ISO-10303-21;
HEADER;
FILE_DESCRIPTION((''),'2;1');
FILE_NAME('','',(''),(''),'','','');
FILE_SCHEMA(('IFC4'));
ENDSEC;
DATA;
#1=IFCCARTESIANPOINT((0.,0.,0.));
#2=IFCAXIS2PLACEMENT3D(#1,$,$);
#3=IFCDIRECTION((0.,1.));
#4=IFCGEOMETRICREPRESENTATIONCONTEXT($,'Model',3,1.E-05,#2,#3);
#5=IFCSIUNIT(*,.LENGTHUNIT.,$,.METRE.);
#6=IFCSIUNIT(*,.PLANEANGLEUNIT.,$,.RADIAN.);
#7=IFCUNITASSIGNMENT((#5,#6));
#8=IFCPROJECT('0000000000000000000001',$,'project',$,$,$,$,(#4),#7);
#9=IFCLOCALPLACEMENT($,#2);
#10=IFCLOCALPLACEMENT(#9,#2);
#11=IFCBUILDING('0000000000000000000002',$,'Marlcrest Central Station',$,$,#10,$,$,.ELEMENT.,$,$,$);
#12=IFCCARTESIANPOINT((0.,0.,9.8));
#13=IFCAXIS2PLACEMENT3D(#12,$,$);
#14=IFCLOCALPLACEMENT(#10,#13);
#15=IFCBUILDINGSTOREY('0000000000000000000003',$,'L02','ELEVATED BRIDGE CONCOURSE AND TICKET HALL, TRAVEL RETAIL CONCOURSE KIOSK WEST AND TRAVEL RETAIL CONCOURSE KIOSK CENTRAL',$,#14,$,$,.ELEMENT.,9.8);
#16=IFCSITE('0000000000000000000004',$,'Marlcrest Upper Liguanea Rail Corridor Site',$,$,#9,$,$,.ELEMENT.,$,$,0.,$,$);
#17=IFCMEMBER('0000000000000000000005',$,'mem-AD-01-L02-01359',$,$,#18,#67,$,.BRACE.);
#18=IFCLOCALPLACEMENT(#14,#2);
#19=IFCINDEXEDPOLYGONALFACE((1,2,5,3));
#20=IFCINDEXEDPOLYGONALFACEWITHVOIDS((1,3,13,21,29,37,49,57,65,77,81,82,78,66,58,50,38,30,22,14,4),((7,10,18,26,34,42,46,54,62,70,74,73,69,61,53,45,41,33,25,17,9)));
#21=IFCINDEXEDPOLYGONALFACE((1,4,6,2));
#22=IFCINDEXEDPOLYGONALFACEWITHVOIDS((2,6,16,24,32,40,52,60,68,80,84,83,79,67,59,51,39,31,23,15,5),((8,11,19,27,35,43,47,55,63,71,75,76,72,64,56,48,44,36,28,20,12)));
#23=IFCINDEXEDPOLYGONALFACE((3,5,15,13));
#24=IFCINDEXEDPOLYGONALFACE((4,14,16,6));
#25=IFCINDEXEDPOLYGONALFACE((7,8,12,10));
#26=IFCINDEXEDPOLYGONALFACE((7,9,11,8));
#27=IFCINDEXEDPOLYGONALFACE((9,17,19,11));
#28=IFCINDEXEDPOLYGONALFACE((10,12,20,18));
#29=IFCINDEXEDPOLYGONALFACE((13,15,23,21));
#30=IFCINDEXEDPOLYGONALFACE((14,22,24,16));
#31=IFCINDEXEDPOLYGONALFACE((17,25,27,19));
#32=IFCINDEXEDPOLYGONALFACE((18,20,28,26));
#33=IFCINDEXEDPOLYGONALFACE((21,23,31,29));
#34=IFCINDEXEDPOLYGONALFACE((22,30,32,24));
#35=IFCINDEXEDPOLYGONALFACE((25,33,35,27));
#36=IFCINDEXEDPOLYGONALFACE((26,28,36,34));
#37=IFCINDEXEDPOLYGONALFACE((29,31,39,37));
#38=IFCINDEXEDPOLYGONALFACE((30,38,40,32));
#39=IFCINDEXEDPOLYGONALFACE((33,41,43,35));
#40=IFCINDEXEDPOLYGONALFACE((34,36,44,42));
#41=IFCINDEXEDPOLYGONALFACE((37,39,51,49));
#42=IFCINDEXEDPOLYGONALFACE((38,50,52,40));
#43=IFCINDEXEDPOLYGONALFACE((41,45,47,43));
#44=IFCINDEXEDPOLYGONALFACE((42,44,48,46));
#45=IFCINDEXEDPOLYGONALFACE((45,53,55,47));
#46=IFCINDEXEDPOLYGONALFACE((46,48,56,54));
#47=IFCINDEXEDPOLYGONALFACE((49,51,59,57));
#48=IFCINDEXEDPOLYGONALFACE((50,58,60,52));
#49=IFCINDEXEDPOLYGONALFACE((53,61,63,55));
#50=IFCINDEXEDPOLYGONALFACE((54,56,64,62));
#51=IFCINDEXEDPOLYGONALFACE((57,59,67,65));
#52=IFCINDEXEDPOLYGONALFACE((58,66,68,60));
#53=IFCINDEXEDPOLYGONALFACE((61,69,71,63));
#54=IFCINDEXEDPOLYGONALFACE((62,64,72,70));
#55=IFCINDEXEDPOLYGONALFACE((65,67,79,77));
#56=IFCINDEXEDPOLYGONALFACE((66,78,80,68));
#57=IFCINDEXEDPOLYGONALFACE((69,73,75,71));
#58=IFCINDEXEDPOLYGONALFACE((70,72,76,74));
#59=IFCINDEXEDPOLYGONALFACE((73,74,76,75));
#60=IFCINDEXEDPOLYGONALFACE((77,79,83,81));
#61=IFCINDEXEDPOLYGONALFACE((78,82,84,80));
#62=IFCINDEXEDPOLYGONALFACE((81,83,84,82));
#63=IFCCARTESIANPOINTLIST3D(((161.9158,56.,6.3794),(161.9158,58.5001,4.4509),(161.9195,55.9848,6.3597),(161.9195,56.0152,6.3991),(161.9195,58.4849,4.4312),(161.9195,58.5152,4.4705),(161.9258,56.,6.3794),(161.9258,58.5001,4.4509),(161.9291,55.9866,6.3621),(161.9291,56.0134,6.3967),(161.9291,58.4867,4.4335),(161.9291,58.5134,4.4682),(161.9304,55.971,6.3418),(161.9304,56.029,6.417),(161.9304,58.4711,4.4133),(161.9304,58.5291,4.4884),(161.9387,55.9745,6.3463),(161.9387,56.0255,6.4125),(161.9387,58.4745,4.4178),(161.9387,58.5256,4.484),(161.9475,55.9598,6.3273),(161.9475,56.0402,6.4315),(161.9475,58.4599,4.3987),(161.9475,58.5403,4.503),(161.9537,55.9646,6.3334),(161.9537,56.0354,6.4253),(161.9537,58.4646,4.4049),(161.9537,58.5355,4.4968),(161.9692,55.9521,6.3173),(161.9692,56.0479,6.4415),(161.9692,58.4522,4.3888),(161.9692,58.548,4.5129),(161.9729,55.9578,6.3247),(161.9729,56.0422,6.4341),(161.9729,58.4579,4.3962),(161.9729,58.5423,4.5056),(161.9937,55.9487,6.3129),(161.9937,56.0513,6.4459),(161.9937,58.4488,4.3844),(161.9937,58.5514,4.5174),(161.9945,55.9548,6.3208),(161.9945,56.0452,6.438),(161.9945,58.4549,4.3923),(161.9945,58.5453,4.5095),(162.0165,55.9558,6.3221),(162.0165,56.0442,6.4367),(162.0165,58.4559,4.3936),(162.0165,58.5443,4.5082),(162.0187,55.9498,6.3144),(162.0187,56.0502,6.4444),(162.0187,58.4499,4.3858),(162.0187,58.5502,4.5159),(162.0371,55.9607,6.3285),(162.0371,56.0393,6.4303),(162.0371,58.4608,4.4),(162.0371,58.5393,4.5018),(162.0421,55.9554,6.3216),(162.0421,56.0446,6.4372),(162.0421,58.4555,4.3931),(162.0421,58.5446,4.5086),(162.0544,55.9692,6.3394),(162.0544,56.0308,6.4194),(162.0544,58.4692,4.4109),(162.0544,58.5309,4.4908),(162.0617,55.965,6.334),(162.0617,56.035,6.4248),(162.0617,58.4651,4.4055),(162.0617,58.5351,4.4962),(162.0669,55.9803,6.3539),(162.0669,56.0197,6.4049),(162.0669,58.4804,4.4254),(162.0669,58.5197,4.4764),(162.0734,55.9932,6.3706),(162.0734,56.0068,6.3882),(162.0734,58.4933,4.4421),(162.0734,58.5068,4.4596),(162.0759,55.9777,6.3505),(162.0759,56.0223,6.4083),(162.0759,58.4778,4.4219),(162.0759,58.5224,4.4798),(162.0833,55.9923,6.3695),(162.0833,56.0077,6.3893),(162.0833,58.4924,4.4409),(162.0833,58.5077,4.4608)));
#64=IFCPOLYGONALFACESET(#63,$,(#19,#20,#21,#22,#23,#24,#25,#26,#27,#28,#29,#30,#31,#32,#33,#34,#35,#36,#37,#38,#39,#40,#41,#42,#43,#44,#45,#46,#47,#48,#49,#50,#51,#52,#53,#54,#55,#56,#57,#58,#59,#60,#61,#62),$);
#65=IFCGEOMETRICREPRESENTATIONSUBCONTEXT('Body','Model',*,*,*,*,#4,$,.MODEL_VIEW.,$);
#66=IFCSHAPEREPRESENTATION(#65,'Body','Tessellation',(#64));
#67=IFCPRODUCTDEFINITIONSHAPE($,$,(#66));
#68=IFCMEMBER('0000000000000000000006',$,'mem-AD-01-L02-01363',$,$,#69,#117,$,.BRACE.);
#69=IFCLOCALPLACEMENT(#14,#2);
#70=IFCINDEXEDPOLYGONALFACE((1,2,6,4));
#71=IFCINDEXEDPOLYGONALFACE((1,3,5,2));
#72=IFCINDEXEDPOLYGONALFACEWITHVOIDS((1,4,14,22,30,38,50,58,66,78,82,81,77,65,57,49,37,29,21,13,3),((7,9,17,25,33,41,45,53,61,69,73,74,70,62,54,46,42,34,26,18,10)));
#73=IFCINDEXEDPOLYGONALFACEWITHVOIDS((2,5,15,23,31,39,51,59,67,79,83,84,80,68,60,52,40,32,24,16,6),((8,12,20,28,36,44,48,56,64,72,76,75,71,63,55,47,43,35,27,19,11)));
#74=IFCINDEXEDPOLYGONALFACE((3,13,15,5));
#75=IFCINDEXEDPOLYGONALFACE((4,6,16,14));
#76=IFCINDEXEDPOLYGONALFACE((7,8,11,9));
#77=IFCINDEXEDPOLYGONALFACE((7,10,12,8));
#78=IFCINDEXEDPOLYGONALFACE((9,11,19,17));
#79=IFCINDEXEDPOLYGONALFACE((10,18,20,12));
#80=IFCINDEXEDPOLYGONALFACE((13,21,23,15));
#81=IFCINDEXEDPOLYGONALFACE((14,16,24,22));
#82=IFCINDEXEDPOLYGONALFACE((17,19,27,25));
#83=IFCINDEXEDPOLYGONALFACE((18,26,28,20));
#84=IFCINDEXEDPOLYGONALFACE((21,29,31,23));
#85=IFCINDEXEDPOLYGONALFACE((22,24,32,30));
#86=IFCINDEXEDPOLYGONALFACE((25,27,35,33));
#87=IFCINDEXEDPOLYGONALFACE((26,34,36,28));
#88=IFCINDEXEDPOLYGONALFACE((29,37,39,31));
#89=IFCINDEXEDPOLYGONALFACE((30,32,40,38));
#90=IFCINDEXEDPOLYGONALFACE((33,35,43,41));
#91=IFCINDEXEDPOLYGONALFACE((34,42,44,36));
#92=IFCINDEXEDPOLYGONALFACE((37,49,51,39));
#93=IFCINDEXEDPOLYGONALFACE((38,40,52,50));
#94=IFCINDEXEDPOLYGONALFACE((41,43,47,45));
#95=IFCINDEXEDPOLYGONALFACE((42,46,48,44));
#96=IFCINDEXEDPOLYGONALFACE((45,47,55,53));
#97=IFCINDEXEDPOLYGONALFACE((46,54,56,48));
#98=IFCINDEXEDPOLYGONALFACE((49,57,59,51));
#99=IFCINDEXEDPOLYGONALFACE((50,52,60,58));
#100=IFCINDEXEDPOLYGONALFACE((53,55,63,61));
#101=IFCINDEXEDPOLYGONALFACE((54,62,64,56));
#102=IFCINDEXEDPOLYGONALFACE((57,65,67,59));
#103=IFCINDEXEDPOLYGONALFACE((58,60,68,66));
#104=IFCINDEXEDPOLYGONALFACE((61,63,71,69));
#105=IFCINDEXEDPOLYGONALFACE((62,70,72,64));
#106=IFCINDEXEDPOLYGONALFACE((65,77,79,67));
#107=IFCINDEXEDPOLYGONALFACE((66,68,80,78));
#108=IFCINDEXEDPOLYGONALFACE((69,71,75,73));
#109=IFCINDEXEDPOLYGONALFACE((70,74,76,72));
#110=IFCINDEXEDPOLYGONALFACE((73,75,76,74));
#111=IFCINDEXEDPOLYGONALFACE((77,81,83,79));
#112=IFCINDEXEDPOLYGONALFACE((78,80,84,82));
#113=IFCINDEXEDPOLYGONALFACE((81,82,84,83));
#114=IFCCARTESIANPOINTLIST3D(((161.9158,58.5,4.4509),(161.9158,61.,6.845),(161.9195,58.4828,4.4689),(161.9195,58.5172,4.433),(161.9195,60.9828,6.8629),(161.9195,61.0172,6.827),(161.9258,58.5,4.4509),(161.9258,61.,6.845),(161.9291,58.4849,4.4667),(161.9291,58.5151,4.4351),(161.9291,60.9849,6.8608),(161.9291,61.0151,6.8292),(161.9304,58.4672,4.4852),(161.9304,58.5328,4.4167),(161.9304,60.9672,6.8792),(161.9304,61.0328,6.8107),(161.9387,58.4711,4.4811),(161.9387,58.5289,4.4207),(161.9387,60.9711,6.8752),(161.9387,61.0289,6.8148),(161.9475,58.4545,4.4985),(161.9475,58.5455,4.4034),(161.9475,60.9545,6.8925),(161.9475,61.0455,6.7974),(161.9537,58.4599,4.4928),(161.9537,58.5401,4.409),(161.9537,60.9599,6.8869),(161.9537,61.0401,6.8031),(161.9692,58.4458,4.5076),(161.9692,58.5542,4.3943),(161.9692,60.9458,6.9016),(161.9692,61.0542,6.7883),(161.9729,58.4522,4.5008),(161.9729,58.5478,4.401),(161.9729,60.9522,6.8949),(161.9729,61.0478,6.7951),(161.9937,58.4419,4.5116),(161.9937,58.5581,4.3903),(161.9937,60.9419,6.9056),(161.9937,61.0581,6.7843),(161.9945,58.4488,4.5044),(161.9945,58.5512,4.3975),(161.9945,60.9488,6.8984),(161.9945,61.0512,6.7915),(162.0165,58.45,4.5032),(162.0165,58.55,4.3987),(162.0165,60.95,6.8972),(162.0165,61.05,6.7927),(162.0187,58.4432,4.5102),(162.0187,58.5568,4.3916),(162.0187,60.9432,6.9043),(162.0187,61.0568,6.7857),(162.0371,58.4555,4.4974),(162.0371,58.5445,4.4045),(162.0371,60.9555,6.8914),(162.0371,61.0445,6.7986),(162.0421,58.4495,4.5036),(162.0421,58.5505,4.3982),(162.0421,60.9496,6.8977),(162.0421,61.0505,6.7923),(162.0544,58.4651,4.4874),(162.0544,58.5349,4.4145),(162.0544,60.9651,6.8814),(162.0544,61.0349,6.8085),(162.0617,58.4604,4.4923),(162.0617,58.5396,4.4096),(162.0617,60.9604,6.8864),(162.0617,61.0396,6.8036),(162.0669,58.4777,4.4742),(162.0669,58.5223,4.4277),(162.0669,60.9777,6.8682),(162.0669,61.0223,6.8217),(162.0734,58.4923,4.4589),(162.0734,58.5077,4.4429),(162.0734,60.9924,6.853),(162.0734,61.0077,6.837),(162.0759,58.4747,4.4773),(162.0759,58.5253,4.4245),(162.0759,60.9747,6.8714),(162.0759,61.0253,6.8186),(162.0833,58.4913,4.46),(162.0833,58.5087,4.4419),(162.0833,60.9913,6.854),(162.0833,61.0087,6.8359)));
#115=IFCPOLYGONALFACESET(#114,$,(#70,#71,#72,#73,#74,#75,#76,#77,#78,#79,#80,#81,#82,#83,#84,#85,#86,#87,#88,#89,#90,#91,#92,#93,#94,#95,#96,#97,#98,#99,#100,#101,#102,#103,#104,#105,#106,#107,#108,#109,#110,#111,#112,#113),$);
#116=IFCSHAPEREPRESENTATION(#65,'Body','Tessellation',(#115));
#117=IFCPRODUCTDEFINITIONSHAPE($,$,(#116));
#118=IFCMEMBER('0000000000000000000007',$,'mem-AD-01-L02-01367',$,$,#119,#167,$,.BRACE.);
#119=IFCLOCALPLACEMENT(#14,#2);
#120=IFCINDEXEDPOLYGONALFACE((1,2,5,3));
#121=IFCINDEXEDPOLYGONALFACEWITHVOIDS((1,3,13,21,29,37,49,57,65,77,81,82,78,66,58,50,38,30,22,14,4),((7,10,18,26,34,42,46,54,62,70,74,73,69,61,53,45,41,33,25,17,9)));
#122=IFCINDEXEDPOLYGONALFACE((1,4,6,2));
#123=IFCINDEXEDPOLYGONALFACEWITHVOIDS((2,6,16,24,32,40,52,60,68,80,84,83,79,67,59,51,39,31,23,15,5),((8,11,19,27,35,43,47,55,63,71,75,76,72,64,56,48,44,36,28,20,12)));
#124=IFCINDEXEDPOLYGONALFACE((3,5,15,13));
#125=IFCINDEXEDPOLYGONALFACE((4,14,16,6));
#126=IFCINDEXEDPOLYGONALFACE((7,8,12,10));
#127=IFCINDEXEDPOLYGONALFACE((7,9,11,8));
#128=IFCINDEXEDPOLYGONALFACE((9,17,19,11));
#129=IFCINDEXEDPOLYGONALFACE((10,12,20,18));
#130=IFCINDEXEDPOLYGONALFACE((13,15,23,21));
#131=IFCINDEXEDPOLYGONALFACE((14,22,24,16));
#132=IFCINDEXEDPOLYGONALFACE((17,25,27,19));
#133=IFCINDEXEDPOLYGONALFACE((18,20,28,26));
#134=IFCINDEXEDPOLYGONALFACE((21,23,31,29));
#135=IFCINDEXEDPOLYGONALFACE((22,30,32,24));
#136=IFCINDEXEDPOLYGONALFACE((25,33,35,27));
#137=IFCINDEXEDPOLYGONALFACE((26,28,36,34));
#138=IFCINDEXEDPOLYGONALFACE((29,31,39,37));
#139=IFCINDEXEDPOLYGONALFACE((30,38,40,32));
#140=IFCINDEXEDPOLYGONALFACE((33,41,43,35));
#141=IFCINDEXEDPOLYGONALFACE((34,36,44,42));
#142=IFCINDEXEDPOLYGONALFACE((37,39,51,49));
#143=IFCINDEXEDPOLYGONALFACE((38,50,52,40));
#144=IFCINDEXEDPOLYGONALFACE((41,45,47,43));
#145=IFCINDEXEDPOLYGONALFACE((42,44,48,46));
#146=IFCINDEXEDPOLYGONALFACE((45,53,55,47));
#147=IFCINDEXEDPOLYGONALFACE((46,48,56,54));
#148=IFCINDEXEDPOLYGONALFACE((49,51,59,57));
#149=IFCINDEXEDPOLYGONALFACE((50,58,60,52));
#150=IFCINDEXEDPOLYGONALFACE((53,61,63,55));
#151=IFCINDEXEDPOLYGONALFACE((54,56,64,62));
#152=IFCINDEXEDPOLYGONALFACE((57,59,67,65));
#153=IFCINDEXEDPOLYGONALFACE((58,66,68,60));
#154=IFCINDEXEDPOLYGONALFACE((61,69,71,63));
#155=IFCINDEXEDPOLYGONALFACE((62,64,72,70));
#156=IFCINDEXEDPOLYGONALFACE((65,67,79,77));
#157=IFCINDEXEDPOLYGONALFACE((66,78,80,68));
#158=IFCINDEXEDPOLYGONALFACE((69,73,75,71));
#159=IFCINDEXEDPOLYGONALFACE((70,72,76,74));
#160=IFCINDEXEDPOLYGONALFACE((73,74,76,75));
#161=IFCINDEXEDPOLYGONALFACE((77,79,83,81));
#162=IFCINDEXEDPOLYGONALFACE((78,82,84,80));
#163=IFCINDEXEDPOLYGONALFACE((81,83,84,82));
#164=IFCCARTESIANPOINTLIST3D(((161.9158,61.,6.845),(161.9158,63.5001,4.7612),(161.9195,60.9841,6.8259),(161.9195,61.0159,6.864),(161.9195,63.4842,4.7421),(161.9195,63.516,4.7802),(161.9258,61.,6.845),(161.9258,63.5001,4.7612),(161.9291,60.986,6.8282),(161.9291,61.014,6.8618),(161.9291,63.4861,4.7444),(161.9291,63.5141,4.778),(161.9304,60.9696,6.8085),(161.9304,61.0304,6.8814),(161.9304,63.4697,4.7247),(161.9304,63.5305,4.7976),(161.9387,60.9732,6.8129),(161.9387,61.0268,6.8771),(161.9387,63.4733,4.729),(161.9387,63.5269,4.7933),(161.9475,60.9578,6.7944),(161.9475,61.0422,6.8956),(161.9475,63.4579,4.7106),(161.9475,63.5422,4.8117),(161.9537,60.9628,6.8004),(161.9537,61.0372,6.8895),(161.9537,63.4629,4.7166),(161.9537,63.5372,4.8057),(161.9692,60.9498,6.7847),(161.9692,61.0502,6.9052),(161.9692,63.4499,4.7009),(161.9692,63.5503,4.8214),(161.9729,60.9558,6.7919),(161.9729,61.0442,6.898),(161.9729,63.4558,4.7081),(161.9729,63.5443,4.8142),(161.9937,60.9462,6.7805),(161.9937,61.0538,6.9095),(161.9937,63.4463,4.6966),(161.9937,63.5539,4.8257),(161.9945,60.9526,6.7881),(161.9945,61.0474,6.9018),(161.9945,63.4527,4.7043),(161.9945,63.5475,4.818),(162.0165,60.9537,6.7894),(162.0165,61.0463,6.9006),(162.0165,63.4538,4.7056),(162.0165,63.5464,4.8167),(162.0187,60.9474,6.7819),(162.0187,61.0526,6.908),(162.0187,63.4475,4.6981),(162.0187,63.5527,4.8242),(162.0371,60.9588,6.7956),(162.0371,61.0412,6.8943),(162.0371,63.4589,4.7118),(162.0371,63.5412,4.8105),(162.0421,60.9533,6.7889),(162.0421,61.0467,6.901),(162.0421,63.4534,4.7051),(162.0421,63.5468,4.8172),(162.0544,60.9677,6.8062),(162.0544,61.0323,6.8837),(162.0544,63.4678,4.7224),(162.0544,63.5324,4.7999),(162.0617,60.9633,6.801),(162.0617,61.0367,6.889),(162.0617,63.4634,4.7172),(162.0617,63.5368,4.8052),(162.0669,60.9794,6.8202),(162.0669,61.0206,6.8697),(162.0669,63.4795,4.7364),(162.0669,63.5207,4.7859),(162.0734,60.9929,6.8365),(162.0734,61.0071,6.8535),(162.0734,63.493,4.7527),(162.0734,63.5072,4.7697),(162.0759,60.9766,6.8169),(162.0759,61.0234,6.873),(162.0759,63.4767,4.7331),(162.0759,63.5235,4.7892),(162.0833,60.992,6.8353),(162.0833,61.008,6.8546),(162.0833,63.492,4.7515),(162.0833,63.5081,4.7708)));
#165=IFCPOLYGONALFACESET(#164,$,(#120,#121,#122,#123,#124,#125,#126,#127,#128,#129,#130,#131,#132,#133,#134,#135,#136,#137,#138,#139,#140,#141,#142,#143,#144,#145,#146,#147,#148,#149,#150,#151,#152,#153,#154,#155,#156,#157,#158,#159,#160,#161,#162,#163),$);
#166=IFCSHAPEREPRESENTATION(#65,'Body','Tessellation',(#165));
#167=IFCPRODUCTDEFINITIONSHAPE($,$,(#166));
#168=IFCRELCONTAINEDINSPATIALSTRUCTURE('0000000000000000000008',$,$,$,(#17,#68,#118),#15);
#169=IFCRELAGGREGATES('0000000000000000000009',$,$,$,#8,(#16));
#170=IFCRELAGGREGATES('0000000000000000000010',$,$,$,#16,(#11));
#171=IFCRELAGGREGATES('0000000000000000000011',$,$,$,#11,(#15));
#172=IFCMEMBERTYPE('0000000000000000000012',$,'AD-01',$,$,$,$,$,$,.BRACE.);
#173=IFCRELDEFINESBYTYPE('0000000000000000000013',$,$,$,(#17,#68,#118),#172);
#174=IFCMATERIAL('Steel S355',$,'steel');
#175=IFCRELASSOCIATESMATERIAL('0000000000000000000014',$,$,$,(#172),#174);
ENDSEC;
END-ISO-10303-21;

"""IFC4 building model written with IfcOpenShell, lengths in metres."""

from ifc_helpers import new_model, si_unit, direction, frame, origin, origin_2d, place, context, subcontext, project, spatial, hollow_circle, extrude, material, material_profile, profile_set, type_object, element, save


model = new_model("IFC4")

# Units and contexts
model_context = context("Model", 3, precision=1e-05, world=origin(), true_north=direction((0.0, 1.0)))
body_context = subcontext(model_context, "Body", "Model", "MODEL_VIEW")
ifc_project = project(units=[si_unit("LENGTHUNIT", "METRE"), si_unit("PLANEANGLEUNIT", "RADIAN")], contexts=[model_context])

# Site, building, storey
site_placement = place(None, origin())
site = spatial("IfcSite", under=ifc_project, at=site_placement, Name="Marlcrest Upper Liguanea Rail Corridor Site", CompositionType="ELEMENT", RefElevation=0.0)
building_placement = place(site_placement, origin())
building = spatial("IfcBuilding", under=site, at=building_placement, Name="Marlcrest Central Station", CompositionType="ELEMENT")
storey_placement = place(building_placement, frame((0.0, 0.0, 9.8)))
storey = spatial("IfcBuildingStorey", under=building, at=storey_placement, Name="L02", Description="ELEVATED BRIDGE CONCOURSE AND TICKET HALL, TRAVEL RETAIL CONCOURSE KIOSK WEST AND TRAVEL RETAIL CONCOURSE KIOSK CENTRAL", CompositionType="ELEMENT", Elevation=9.8)

# Members
ifc_material = material(Name="Steel S355", Category="steel")
ifc_material_profile_1 = material_profile(ifc_material, hollow_circle(Radius=0.0842, WallThickness=0.01, at=origin_2d()), Name="CHS 168.3x10")
ifc_profile_set_1 = profile_set([ifc_material_profile_1], Name="Steel S355")
member_type_1 = type_object("IfcMemberType", Name="AD-01", PredefinedType="BRACE", material=ifc_profile_set_1)
member_1_placement = place(storey_placement, frame((162.0, 56.0, 6.3794), z_axis=(0.0, 0.791798, -0.610783), x_axis=(-1.0, 0.0, 0.0)))
element("IfcMember", 1, at=member_1_placement, inside=storey, type_object=member_type_1, Name="mem-AD-01-L02-01359", PredefinedType="BRACE", context=body_context, shape_type="SweptSolid", body=[
    extrude(hollow_circle(Radius=0.0842, WallThickness=0.01, at=origin_2d()), origin(), (0.0, 0.0, 1.0), 3.1575),
])
member_2_placement = place(storey_placement, frame((162.0, 58.5, 4.4509), z_axis=(0.0, 0.722247, 0.691636), x_axis=(-1.0, 0.0, 0.0)))
element("IfcMember", 2, at=member_2_placement, inside=storey, type_object=member_type_1, Name="mem-AD-01-L02-01363", PredefinedType="BRACE", context=body_context, shape_type="SweptSolid", body=[
    extrude(hollow_circle(Radius=0.0842, WallThickness=0.01, at=origin_2d()), origin(), (0.0, 0.0, 1.0), 3.4614),
])
member_3_placement = place(storey_placement, frame((162.0, 61.0, 6.845), z_axis=(0.0, 0.76816, -0.640258), x_axis=(-1.0, 0.0, 0.0)))
element("IfcMember", 3, at=member_3_placement, inside=storey, type_object=member_type_1, Name="mem-AD-01-L02-01367", PredefinedType="BRACE", context=body_context, shape_type="SweptSolid", body=[
    extrude(hollow_circle(Radius=0.0842, WallThickness=0.01, at=origin_2d()), origin(), (0.0, 0.0, 1.0), 3.2546),
])

save(model, "model.ifc")
